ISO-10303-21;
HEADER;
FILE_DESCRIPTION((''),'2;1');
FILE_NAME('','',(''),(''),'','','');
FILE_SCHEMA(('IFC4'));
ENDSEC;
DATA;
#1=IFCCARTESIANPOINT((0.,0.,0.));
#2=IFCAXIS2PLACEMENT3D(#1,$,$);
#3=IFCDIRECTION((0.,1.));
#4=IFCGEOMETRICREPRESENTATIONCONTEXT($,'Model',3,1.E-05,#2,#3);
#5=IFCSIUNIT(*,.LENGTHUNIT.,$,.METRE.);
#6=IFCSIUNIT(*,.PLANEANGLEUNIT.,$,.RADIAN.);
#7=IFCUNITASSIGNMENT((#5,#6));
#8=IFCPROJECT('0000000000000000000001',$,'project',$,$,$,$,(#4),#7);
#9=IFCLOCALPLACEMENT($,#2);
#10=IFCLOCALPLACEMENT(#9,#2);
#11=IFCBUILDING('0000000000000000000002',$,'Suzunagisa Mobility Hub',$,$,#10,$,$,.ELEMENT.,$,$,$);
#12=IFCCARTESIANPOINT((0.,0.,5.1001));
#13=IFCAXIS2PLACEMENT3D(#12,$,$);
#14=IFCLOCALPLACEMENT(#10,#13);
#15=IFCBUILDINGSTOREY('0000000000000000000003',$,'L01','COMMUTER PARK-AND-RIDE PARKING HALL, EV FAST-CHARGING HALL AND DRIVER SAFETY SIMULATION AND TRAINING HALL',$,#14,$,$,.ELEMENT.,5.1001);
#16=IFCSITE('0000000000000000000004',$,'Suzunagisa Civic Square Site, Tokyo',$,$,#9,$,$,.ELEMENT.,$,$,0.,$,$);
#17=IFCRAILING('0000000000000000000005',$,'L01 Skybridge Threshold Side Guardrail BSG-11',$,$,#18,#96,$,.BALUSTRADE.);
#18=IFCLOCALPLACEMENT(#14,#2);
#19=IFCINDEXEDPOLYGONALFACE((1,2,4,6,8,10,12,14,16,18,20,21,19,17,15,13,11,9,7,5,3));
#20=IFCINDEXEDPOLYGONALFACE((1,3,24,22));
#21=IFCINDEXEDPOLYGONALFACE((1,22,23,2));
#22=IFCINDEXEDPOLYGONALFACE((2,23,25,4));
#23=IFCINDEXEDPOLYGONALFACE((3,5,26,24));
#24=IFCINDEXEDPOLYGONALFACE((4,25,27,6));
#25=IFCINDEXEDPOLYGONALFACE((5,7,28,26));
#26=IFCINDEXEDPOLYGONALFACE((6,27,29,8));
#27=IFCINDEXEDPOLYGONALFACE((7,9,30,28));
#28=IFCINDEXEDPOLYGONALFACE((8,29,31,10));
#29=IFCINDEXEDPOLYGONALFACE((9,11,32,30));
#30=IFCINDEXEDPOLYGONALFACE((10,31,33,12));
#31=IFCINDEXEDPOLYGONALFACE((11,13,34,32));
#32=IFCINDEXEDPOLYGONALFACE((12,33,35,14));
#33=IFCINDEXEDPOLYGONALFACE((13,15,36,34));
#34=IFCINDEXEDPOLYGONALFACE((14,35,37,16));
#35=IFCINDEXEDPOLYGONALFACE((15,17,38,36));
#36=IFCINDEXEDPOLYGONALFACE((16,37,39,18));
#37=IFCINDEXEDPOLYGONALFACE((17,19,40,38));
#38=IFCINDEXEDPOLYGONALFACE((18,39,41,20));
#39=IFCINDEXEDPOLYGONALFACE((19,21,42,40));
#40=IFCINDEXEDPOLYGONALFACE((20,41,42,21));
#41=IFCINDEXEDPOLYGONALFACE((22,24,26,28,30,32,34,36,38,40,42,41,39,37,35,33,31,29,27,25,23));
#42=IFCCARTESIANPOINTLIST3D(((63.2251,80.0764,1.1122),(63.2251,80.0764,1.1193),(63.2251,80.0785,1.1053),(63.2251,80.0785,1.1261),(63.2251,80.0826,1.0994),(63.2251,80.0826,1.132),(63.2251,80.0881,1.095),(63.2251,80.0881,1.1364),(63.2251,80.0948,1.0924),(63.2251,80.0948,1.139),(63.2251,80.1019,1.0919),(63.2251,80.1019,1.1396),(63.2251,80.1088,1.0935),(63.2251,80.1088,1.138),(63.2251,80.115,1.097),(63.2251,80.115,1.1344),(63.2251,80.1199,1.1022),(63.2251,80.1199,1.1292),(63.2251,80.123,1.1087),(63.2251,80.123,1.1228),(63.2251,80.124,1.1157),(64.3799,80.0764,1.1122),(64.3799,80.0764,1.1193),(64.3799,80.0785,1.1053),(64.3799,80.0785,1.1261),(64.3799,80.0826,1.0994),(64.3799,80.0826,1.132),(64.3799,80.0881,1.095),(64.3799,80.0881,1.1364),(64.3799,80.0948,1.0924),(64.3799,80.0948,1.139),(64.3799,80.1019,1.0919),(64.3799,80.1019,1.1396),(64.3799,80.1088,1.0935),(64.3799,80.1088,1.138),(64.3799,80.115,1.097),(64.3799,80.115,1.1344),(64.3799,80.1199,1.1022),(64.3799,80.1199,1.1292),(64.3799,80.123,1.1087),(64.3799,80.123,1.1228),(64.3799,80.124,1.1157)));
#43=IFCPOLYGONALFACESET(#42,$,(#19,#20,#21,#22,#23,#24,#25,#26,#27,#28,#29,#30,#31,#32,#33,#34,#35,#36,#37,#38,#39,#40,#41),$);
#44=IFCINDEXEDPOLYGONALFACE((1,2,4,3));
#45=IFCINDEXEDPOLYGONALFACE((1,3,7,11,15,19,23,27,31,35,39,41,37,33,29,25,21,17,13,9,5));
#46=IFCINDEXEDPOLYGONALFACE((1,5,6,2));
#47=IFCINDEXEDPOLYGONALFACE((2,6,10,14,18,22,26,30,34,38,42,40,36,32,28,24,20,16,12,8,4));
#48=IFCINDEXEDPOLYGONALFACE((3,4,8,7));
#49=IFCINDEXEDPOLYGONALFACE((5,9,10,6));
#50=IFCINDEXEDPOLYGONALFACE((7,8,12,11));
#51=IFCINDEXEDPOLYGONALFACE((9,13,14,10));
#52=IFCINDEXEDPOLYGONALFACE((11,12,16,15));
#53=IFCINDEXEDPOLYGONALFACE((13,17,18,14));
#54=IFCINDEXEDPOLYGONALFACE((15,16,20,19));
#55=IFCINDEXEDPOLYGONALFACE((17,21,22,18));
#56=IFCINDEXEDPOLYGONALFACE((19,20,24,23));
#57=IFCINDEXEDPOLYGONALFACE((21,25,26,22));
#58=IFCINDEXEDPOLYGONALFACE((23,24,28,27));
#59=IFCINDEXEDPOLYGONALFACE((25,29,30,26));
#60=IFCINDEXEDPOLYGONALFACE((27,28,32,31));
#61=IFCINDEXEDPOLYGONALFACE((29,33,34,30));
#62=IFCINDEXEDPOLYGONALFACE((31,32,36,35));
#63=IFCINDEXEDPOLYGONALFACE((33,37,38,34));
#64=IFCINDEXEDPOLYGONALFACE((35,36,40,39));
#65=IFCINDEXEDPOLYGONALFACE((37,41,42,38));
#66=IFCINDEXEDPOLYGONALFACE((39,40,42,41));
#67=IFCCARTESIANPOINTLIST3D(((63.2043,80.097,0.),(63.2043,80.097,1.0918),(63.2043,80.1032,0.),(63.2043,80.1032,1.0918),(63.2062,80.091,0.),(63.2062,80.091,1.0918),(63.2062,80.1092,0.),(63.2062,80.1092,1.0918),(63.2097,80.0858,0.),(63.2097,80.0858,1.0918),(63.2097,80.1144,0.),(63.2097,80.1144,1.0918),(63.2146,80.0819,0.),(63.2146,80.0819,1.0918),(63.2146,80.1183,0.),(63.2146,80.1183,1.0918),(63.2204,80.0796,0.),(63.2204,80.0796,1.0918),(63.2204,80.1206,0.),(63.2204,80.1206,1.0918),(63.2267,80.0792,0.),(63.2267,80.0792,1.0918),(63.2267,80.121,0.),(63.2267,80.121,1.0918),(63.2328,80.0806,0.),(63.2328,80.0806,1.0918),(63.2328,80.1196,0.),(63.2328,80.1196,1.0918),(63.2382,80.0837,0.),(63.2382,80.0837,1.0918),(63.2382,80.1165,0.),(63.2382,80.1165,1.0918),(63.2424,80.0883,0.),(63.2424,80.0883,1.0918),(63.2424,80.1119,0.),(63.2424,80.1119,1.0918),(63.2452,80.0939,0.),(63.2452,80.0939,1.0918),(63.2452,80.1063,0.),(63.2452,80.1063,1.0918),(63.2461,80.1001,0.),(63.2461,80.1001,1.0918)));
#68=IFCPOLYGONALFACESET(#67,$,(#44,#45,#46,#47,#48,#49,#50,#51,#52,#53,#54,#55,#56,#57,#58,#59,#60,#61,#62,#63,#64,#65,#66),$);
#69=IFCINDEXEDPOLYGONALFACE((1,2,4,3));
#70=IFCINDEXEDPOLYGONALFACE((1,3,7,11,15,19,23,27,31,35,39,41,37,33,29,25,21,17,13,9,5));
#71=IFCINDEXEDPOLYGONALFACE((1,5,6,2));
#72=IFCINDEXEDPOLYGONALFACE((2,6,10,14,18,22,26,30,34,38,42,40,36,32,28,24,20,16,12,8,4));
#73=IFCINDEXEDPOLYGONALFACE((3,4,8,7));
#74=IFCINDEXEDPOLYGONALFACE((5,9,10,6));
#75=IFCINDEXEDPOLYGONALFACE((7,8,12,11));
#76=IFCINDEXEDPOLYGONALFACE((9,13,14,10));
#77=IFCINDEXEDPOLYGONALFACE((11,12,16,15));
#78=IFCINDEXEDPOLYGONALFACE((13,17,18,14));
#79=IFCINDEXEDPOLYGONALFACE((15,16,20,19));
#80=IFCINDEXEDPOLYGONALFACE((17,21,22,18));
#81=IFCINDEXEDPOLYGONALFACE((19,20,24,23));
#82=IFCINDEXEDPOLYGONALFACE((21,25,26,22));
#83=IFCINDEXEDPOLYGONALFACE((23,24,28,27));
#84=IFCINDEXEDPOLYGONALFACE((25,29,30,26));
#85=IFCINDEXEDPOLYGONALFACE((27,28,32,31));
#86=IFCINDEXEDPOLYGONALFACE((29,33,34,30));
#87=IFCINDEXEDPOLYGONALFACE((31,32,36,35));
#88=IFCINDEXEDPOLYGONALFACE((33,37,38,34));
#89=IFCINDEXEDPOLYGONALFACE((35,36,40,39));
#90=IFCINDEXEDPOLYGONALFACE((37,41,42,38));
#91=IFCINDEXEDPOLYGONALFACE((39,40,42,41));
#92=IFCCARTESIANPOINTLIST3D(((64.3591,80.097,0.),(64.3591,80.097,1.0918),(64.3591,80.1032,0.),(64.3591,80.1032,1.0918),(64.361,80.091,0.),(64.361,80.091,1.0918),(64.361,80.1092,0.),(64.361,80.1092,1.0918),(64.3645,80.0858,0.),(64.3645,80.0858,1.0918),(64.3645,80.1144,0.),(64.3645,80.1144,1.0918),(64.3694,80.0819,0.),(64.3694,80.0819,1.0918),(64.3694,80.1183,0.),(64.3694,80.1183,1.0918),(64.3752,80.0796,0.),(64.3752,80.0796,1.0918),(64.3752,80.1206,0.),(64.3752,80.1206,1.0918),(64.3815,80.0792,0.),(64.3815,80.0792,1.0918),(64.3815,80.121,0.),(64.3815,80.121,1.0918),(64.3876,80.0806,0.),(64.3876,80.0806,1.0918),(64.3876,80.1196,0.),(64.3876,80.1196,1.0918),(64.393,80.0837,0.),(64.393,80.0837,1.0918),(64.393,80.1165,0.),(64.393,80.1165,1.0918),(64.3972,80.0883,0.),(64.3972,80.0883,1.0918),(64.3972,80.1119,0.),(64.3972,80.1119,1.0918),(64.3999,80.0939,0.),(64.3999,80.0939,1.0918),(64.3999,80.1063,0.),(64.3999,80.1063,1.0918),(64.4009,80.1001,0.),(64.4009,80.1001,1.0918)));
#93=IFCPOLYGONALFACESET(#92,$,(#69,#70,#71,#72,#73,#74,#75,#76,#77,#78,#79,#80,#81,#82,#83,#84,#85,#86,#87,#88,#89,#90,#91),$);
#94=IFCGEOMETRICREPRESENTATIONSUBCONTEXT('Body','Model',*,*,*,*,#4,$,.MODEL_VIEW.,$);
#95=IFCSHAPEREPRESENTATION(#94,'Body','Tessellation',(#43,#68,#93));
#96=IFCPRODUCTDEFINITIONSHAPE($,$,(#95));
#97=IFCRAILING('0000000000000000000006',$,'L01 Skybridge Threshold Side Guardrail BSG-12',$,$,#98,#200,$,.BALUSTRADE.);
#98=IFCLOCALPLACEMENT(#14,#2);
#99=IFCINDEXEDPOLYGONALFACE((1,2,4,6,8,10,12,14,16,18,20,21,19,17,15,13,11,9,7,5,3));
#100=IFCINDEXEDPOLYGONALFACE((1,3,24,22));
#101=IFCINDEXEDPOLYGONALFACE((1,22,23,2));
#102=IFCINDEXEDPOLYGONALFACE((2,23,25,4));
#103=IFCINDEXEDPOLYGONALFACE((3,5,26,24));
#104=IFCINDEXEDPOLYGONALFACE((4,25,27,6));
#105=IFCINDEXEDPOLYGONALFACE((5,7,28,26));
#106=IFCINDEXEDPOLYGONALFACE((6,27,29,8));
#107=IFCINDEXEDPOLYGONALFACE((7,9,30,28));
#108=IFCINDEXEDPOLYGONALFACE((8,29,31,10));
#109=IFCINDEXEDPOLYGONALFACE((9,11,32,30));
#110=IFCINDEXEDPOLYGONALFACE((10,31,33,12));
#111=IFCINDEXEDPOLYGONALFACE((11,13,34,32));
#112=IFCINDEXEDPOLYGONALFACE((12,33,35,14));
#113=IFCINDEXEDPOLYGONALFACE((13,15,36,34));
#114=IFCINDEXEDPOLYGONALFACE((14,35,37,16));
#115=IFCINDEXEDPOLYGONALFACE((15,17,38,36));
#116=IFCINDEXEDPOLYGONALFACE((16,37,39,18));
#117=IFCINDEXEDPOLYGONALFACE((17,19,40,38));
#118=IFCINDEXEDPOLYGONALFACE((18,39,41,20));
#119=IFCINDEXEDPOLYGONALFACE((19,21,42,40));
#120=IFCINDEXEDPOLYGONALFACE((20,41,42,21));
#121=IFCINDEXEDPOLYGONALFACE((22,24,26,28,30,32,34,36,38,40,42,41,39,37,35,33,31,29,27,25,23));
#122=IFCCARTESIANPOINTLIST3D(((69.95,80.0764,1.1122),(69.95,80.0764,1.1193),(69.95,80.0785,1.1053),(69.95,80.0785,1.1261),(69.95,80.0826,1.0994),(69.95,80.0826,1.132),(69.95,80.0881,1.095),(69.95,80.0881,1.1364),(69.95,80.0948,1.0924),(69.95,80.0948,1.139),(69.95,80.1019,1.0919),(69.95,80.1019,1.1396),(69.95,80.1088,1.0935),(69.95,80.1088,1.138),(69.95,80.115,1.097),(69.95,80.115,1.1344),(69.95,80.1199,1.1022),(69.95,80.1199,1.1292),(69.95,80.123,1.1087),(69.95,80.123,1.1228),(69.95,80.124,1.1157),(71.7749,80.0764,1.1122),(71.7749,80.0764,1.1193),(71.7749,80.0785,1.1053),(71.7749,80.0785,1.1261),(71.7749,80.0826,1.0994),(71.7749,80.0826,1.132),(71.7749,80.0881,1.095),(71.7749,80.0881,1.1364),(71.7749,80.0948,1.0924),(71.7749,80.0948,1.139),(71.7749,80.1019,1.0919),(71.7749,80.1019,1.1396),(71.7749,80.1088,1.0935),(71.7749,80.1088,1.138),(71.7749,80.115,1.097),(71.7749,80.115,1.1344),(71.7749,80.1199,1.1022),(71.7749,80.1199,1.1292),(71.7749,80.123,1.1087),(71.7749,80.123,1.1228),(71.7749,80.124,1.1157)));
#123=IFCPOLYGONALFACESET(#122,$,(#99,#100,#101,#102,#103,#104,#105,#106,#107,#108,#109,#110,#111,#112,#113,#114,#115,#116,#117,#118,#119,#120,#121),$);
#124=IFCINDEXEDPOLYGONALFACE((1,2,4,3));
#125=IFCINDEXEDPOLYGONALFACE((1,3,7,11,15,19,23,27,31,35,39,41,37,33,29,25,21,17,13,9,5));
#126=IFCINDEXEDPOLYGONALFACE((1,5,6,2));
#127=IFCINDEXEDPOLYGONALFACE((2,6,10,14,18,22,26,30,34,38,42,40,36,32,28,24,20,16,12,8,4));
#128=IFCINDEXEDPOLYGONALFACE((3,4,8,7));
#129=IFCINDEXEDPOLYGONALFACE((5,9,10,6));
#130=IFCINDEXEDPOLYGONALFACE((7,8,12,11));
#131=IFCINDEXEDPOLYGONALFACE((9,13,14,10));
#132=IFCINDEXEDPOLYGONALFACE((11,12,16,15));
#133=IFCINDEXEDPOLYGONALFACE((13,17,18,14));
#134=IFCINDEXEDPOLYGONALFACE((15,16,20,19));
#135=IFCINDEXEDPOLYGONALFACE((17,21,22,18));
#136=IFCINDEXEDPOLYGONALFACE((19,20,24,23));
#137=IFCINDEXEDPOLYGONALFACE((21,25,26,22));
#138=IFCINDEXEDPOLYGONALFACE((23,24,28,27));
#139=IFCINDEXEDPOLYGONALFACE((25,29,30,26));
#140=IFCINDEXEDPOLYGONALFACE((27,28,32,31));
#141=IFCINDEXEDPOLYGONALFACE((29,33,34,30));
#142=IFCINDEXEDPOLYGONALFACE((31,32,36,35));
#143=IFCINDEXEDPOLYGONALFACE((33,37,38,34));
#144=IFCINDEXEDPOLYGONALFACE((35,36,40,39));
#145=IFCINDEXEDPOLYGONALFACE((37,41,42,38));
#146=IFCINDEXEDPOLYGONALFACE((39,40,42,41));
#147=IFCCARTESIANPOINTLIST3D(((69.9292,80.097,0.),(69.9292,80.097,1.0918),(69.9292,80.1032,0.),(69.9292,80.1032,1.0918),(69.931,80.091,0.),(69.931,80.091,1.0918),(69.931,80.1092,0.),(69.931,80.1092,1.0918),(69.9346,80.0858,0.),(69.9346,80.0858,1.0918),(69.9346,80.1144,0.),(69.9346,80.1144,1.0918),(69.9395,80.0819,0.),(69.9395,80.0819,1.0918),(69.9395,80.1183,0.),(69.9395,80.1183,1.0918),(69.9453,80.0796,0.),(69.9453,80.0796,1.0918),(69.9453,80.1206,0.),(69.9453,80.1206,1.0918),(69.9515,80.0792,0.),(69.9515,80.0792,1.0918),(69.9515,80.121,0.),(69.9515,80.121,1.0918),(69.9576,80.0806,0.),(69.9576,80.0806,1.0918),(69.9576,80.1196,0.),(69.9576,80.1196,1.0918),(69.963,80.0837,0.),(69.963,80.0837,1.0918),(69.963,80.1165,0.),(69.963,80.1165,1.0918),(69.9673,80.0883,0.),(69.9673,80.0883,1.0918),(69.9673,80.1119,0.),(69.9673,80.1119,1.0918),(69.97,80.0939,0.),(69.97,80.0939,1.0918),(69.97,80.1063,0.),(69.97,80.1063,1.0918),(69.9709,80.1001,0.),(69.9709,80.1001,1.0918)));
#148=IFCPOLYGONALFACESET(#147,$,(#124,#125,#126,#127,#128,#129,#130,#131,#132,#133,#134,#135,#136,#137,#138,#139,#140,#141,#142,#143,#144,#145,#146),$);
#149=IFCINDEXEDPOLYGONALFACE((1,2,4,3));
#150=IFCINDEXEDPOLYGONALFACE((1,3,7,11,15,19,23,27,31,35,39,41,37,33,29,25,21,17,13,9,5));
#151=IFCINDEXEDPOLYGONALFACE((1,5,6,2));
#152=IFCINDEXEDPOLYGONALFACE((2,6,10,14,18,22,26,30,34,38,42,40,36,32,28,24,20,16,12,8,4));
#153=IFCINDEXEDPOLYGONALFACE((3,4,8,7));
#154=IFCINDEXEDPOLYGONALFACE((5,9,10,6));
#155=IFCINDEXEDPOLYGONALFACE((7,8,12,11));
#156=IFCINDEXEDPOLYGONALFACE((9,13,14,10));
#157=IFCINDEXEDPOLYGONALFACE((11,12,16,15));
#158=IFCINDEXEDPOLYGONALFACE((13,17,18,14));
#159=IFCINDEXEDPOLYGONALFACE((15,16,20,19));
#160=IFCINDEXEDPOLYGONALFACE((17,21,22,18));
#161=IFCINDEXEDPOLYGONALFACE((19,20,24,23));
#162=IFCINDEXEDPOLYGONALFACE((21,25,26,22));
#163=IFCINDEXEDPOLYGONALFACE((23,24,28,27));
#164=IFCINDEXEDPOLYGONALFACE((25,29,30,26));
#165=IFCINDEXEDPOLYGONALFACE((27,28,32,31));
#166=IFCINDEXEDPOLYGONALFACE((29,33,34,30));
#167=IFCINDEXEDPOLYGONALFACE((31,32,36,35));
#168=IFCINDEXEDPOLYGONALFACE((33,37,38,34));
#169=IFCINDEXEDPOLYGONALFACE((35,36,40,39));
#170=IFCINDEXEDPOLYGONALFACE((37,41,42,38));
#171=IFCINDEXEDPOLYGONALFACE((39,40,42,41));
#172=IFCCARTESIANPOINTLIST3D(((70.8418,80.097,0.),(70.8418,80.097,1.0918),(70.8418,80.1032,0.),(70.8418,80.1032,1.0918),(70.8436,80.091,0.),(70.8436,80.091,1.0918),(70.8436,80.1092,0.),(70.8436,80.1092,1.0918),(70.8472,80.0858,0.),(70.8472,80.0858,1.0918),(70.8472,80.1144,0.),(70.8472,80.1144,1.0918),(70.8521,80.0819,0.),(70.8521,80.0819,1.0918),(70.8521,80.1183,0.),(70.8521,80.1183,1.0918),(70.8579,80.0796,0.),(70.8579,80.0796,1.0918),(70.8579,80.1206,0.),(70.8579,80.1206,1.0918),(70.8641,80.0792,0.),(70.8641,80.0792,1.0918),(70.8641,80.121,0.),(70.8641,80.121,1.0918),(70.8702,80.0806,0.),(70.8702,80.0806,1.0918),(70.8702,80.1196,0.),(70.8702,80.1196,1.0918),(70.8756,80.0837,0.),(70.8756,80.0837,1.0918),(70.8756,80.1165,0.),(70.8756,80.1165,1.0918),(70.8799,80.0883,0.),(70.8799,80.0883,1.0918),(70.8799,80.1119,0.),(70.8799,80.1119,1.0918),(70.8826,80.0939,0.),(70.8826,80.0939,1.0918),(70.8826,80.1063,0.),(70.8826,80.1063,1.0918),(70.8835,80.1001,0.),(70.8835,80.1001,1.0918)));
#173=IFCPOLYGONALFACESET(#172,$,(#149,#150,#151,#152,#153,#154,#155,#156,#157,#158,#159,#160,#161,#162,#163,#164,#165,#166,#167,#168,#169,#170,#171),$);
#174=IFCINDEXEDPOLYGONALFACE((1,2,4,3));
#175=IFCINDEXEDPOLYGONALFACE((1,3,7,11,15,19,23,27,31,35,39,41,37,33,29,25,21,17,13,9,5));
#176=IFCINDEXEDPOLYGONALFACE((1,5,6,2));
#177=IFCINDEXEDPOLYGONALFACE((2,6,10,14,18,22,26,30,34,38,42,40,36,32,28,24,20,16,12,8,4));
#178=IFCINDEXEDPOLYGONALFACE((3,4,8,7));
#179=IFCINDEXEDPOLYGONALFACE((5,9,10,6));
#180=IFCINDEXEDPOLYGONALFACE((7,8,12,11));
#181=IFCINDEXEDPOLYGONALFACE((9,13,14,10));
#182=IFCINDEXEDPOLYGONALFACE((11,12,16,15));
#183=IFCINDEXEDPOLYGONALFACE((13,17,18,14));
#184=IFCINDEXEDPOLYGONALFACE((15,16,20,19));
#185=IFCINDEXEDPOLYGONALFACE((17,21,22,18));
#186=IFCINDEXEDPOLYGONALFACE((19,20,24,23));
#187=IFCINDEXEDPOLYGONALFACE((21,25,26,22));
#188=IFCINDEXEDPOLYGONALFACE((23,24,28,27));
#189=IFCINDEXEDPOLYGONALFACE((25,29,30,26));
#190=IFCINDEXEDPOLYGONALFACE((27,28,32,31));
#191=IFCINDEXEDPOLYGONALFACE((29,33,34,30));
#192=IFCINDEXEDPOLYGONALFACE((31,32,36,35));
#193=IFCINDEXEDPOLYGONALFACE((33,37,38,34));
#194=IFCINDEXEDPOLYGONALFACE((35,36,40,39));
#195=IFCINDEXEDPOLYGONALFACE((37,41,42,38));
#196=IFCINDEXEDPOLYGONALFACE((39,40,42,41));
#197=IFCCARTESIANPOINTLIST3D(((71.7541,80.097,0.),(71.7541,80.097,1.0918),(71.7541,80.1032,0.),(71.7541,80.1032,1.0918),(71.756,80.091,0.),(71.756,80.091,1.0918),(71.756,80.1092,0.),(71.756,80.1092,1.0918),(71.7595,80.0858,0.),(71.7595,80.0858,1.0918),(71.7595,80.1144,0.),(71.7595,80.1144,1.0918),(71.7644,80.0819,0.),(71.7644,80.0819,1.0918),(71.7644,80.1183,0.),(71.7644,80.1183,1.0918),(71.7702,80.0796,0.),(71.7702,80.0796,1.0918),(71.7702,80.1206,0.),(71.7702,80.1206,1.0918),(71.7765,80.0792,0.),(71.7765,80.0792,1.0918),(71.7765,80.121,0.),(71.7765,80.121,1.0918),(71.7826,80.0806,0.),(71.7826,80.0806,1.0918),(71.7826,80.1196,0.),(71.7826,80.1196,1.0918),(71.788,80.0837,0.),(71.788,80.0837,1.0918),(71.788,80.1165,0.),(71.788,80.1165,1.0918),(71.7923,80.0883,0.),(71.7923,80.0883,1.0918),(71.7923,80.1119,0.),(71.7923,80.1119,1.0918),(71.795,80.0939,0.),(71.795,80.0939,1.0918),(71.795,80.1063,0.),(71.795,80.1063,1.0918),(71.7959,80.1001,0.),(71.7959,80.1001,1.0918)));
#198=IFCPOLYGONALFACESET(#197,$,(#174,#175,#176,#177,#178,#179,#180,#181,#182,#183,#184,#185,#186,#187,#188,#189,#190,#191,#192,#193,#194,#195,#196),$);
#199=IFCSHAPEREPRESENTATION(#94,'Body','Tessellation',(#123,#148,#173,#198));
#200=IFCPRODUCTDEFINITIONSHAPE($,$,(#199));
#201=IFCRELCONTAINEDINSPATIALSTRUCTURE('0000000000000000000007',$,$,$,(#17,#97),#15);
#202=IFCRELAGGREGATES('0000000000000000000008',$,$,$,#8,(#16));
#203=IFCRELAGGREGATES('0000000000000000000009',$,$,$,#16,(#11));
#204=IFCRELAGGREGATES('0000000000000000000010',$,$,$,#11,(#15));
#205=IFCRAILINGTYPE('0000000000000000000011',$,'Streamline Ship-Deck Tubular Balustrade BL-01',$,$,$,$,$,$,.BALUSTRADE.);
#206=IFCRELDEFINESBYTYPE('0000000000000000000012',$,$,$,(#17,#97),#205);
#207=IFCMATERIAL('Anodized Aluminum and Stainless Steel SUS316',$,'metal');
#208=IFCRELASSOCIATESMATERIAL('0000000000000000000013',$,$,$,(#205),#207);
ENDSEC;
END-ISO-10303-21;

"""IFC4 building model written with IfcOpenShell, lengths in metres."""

from ifc_helpers import new_model, si_unit, direction, frame, origin, origin_2d, place, context, subcontext, project, spatial, circle, extrude, material, type_object, element, save


model = new_model("IFC4")

# Units and contexts
model_context = context("Model", 3, precision=1e-05, world=origin(), true_north=direction((0.0, 1.0)))
body_context = subcontext(model_context, "Body", "Model", "MODEL_VIEW")
ifc_project = project(units=[si_unit("LENGTHUNIT", "METRE"), si_unit("PLANEANGLEUNIT", "RADIAN")], contexts=[model_context])

# Site, building, storey
site_placement = place(None, origin())
site = spatial("IfcSite", under=ifc_project, at=site_placement, Name="Suzunagisa Civic Square Site, Tokyo", CompositionType="ELEMENT", RefElevation=0.0)
building_placement = place(site_placement, origin())
building = spatial("IfcBuilding", under=site, at=building_placement, Name="Suzunagisa Mobility Hub", CompositionType="ELEMENT")
storey_placement = place(building_placement, frame((0.0, 0.0, 5.1001)))
storey = spatial("IfcBuildingStorey", under=building, at=storey_placement, Name="L01", Description="COMMUTER PARK-AND-RIDE PARKING HALL, EV FAST-CHARGING HALL AND DRIVER SAFETY SIMULATION AND TRAINING HALL", CompositionType="ELEMENT", Elevation=5.1001)

# Railings
ifc_material_1 = material(Name="Anodized Aluminum and Stainless Steel SUS316", Category="metal")
railing_type_1 = type_object("IfcRailingType", Name="Streamline Ship-Deck Tubular Balustrade BL-01", PredefinedType="BALUSTRADE", material=ifc_material_1)
railing_1_placement = place(storey_placement, frame((63.2251, 80.1001, 0.0)))
element("IfcRailing", 1, at=railing_1_placement, inside=storey, type_object=railing_type_1, Name="L01 Skybridge Threshold Side Guardrail BSG-11", PredefinedType="BALUSTRADE", context=body_context, shape_type="SweptSolid", body=[
    extrude(circle(Radius=0.0239, at=origin_2d()), frame((0.0, 0.0, 1.1157), z_axis=(1.0, 0.0, 0.0), x_axis=(0.0, 1.0, 0.0)), (0.0, 0.0, 1.0), 1.1548),
    extrude(circle(Radius=0.021, at=origin_2d()), origin(), (0.0, 0.0, 1.0), 1.0918),
    extrude(circle(Radius=0.021, at=origin_2d()), frame((1.1548, 0.0, 0.0)), (0.0, 0.0, 1.0), 1.0918),
])
railing_2_placement = place(storey_placement, frame((69.95, 80.1001, 0.0)))
element("IfcRailing", 2, at=railing_2_placement, inside=storey, type_object=railing_type_1, Name="L01 Skybridge Threshold Side Guardrail BSG-12", PredefinedType="BALUSTRADE", context=body_context, shape_type="SweptSolid", body=[
    extrude(circle(Radius=0.0239, at=origin_2d()), frame((0.0, 0.0, 1.1157), z_axis=(1.0, 0.0, 0.0), x_axis=(0.0, 1.0, 0.0)), (0.0, 0.0, 1.0), 1.825),
    extrude(circle(Radius=0.021, at=origin_2d()), origin(), (0.0, 0.0, 1.0), 1.0918),
    extrude(circle(Radius=0.021, at=origin_2d()), frame((0.9126, 0.0, 0.0)), (0.0, 0.0, 1.0), 1.0918),
    extrude(circle(Radius=0.021, at=origin_2d()), frame((1.825, 0.0, 0.0)), (0.0, 0.0, 1.0), 1.0918),
])

save(model, "model.ifc")
